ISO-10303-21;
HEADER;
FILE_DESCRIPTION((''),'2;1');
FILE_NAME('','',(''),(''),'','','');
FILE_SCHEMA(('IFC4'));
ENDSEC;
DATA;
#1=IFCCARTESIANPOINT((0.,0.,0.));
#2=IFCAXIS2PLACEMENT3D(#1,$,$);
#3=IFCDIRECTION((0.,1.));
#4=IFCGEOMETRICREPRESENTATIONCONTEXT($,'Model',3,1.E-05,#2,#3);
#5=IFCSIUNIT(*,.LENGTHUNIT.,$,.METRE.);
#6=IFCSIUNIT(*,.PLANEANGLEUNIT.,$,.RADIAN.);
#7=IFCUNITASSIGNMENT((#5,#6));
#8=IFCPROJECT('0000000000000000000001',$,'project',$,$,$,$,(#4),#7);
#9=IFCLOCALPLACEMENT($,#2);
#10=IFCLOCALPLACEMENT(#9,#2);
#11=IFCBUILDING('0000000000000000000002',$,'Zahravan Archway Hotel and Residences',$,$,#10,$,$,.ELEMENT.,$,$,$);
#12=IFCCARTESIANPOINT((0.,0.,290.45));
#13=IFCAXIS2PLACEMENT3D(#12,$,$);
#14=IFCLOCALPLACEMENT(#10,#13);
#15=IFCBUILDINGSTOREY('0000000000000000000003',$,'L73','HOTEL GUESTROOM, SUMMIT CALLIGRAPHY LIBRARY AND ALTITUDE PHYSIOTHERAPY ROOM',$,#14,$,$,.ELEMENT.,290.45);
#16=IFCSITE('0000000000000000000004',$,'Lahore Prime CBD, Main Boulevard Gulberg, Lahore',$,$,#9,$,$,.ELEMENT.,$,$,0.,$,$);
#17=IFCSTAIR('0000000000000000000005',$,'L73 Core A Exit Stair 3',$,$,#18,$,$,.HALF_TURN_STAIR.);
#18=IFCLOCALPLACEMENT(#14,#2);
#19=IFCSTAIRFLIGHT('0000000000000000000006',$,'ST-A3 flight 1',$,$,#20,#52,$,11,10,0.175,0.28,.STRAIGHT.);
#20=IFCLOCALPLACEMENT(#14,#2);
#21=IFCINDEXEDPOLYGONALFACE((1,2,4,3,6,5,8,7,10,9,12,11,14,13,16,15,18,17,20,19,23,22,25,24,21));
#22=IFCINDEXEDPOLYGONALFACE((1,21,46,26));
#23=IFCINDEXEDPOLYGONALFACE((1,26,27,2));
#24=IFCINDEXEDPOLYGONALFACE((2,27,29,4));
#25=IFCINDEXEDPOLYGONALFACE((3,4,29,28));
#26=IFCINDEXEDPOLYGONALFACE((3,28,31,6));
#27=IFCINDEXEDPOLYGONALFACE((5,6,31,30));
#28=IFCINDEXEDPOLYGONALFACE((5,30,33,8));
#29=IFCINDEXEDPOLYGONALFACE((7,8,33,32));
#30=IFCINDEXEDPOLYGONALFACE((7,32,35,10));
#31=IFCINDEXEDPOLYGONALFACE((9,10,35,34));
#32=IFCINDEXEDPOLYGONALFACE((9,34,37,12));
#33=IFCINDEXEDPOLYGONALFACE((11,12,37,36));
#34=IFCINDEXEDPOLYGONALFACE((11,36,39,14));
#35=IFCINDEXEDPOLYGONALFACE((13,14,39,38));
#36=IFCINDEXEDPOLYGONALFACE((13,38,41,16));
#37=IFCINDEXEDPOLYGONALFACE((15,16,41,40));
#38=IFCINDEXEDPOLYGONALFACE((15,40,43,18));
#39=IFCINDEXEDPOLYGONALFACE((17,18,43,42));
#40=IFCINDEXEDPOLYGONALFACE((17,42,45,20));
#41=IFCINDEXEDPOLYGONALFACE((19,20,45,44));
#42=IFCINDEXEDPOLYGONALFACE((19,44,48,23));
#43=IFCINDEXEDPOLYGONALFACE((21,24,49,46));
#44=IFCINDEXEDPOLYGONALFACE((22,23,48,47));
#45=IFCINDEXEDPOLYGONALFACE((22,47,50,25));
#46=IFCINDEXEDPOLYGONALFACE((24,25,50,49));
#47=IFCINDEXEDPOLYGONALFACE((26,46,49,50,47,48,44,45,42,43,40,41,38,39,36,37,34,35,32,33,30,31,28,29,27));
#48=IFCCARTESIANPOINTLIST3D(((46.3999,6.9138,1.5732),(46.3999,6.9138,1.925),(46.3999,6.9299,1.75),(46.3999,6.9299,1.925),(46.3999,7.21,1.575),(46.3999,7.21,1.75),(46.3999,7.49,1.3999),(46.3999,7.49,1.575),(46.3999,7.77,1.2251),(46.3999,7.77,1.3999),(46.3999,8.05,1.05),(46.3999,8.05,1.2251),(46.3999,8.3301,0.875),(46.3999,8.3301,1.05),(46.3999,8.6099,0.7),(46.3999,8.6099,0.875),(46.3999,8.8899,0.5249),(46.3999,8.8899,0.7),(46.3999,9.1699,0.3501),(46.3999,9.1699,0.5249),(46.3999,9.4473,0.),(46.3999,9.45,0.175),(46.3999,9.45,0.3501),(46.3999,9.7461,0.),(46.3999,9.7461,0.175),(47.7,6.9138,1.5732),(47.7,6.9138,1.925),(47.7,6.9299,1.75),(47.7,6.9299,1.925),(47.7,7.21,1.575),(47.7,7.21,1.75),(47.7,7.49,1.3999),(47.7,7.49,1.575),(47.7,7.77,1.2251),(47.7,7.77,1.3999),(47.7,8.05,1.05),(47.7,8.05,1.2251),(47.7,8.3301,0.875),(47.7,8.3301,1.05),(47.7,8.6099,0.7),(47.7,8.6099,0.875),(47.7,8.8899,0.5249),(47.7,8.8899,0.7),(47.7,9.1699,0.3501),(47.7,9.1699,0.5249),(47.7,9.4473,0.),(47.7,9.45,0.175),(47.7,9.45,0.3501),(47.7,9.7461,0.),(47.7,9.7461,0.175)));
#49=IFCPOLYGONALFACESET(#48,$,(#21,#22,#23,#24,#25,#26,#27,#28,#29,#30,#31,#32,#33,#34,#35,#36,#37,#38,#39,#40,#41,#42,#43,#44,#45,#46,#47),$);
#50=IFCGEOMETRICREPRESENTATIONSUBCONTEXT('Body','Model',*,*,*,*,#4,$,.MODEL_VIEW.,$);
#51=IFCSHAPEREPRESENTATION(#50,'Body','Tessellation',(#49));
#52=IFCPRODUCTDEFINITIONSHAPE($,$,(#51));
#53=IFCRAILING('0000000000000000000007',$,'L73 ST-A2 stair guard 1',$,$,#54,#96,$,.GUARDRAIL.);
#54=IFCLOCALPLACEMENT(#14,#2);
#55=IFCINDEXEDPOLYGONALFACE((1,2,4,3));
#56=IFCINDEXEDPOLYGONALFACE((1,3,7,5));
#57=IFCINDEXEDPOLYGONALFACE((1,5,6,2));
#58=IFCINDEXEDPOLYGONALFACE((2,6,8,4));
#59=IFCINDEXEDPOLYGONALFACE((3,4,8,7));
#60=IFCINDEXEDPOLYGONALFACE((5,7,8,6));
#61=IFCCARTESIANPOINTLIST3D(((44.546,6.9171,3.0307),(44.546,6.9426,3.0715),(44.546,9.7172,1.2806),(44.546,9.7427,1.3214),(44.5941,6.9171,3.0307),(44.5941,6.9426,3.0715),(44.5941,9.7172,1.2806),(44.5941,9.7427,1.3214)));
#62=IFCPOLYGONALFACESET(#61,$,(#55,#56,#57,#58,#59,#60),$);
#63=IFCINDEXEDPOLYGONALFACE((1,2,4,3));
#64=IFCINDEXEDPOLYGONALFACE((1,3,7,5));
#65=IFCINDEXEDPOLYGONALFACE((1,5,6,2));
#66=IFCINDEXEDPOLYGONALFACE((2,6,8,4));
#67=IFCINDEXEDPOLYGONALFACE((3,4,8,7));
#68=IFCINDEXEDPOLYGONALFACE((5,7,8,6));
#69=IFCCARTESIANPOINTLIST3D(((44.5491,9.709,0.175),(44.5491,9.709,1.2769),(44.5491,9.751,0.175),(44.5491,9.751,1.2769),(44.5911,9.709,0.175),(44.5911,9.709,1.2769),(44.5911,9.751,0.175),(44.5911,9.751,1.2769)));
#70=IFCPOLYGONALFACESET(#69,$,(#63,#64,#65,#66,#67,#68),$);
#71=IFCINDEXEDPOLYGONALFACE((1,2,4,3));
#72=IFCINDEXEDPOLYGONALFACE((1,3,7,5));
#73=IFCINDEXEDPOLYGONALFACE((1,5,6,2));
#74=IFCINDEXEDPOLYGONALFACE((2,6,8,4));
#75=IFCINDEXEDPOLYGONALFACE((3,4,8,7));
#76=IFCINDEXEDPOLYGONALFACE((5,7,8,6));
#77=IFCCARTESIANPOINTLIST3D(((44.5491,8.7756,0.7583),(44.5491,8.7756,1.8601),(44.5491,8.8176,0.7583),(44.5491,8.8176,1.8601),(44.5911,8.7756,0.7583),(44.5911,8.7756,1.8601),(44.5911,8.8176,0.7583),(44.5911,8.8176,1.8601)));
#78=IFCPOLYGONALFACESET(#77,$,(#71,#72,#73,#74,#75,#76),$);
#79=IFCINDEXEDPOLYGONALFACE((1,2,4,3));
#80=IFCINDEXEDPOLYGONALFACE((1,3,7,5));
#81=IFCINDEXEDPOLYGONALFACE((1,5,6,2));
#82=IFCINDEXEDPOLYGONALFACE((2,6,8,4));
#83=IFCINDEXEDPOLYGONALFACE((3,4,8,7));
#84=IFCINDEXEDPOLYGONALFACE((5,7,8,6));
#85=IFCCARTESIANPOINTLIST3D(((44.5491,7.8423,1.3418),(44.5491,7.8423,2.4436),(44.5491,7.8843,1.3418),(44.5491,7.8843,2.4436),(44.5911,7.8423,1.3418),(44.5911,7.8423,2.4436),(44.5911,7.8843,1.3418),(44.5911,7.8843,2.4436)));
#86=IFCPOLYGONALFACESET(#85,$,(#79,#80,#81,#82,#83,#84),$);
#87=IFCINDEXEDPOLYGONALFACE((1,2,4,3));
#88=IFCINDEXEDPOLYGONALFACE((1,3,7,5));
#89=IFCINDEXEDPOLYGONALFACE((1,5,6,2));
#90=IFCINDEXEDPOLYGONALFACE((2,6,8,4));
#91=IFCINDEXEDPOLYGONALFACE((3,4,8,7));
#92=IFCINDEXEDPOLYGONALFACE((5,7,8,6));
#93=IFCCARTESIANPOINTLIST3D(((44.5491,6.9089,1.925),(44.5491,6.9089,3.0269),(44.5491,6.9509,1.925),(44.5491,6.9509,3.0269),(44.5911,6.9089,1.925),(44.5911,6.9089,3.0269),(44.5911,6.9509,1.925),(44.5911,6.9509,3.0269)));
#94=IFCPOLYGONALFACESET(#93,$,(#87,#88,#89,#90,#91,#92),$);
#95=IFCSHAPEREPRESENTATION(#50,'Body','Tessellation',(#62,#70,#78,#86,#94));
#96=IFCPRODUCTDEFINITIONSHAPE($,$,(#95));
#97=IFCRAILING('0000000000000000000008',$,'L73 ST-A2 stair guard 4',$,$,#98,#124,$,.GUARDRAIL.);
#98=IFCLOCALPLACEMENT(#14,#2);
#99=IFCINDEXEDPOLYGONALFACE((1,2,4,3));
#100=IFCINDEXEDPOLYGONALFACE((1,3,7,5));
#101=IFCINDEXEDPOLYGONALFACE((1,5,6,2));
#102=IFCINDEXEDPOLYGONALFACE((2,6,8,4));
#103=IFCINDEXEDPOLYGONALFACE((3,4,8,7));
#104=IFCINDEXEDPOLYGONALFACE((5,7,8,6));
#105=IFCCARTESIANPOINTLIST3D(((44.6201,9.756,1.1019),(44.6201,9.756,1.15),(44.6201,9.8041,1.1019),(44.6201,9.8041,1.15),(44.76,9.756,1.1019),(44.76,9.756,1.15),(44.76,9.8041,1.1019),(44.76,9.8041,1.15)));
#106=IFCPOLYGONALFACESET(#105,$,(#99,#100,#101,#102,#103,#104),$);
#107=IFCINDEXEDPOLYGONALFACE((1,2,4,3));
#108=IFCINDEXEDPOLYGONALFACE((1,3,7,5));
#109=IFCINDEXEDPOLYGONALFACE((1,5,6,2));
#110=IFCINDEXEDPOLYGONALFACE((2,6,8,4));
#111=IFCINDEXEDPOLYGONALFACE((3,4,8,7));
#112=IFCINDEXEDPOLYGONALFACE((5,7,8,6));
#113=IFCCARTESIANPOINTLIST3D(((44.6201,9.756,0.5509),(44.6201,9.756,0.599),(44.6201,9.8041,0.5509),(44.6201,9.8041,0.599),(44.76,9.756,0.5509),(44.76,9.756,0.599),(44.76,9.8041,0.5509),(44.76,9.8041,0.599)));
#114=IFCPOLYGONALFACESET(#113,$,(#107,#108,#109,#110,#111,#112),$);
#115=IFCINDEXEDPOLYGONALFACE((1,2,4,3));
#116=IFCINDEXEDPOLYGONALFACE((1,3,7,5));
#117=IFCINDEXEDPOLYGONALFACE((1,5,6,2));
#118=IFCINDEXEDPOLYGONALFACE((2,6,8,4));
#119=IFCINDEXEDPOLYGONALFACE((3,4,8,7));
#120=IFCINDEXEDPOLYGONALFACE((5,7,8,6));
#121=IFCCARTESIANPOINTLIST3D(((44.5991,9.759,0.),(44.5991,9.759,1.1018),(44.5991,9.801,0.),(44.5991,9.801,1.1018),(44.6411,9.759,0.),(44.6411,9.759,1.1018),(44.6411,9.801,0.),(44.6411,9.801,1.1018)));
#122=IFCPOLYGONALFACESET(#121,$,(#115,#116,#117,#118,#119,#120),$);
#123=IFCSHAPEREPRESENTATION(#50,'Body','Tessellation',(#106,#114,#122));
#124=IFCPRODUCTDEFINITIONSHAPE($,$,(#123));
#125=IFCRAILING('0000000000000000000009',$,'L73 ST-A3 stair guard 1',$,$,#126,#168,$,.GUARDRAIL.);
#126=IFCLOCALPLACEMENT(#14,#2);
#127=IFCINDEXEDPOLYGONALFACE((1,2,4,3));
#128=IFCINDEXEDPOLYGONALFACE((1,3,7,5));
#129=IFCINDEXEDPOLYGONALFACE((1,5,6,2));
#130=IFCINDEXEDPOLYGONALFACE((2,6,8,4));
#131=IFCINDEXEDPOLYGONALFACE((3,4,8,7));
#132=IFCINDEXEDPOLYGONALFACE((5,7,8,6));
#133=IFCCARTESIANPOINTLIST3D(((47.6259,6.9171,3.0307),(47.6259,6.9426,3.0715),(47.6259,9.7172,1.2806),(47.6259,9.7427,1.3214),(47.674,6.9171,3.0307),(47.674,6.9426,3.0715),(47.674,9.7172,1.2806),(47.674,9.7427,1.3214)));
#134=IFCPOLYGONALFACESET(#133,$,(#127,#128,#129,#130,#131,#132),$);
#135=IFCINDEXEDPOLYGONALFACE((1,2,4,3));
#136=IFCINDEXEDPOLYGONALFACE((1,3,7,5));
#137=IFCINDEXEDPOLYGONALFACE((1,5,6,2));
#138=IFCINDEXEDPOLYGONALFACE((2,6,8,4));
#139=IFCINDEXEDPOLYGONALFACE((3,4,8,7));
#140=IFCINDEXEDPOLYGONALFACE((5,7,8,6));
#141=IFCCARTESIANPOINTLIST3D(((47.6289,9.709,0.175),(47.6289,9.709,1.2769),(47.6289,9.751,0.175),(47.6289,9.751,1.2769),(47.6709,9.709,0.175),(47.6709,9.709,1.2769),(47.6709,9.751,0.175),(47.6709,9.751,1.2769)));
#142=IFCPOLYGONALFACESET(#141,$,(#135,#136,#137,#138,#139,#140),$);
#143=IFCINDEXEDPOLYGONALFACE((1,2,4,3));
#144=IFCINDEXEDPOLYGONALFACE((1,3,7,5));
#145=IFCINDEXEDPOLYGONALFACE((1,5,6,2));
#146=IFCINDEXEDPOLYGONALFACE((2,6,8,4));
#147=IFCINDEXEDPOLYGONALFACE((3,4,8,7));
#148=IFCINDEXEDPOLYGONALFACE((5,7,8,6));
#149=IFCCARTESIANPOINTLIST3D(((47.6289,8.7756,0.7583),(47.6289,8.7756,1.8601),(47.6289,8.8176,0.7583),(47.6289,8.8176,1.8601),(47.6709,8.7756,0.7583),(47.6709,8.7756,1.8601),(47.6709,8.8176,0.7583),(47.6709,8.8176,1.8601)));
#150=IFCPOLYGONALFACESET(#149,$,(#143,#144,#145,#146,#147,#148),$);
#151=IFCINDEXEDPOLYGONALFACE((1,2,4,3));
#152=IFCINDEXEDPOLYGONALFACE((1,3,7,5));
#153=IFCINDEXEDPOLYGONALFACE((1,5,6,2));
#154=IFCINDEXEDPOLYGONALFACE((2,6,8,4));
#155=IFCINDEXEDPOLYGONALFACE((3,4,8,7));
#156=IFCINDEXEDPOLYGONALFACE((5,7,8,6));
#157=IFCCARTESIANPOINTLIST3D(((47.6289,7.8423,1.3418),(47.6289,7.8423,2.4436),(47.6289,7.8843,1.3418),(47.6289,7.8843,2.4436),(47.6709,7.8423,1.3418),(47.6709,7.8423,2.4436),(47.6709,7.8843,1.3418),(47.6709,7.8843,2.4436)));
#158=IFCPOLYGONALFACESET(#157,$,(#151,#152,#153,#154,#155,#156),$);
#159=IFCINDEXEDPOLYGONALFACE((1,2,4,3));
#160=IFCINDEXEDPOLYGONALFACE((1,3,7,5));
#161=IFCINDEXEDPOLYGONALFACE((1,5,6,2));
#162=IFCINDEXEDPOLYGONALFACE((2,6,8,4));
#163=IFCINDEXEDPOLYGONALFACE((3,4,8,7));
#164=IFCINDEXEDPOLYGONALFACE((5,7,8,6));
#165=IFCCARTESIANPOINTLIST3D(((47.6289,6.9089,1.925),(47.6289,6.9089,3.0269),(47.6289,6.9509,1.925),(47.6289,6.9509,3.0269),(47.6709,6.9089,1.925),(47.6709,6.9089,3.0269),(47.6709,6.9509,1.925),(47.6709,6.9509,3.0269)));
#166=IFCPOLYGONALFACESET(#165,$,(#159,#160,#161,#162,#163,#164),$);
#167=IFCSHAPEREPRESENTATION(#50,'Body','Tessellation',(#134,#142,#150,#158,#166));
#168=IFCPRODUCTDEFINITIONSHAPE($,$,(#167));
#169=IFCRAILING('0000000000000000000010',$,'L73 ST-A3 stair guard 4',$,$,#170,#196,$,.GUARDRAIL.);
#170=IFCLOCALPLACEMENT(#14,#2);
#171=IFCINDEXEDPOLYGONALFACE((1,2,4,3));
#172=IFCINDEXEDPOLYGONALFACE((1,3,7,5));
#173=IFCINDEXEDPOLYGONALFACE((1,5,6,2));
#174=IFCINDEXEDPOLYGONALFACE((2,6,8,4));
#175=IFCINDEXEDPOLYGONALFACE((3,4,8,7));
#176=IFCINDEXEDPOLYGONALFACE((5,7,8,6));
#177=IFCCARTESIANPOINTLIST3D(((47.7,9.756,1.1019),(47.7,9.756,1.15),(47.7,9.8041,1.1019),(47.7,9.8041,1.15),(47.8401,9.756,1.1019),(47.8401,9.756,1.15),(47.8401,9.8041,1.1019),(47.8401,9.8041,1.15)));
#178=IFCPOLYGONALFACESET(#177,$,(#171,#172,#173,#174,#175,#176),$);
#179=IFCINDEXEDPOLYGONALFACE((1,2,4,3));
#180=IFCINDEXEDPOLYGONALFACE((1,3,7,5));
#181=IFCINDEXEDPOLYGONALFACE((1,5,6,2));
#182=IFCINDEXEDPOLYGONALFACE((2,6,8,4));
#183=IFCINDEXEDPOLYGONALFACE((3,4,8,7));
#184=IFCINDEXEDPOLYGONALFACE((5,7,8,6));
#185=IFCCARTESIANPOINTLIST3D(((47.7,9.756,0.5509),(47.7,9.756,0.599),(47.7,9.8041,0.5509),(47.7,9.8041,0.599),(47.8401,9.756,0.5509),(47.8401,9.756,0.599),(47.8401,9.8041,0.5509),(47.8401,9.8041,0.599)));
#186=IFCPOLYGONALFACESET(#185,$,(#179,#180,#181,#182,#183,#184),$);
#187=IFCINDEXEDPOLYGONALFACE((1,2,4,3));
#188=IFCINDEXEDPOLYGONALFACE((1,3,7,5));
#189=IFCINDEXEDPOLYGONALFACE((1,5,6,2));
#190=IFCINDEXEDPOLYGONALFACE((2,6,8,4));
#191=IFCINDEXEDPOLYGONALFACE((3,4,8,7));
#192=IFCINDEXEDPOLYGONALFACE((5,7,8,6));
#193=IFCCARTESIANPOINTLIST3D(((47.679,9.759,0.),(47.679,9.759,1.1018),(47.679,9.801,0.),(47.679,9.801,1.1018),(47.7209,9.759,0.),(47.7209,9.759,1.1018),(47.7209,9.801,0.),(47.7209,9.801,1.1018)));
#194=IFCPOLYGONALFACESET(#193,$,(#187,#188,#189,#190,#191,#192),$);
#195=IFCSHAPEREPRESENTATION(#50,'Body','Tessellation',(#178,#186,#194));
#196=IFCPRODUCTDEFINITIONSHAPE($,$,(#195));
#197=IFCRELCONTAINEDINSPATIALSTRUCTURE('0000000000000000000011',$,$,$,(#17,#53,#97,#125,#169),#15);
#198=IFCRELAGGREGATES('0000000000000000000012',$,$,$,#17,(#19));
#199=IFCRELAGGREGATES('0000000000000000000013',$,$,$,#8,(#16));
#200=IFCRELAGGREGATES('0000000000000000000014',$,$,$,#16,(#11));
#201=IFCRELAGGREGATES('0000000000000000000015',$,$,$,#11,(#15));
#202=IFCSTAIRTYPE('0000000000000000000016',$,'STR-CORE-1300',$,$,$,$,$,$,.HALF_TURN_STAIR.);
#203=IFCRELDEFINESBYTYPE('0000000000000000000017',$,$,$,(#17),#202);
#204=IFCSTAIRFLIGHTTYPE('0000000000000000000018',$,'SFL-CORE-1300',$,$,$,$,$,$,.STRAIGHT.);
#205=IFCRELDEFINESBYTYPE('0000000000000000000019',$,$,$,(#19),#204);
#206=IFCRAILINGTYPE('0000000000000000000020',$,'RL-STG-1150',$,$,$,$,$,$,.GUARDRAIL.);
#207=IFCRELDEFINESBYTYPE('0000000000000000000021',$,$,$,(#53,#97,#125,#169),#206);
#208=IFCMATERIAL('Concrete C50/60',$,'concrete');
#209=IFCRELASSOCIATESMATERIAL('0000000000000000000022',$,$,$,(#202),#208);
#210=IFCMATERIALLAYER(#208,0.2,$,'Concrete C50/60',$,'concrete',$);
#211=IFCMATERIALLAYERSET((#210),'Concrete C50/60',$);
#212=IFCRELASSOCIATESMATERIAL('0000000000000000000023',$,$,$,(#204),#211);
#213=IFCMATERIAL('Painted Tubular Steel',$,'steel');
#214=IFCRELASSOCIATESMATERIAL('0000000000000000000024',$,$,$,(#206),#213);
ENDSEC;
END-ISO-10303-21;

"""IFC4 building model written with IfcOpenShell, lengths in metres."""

from ifc_helpers import new_model, si_unit, direction, frame, origin, origin_2d, place, context, subcontext, project, spatial, polyline, rectangle, outline, extrude, source, transform, mapped, material, layer, layer_set, type_object, element, aggregate, save


model = new_model("IFC4")

# Units and contexts
model_context = context("Model", 3, precision=1e-05, world=origin(), true_north=direction((0.0, 1.0)))
body_context = subcontext(model_context, "Body", "Model", "MODEL_VIEW")
ifc_project = project(units=[si_unit("LENGTHUNIT", "METRE"), si_unit("PLANEANGLEUNIT", "RADIAN")], contexts=[model_context])

# Site, building, storey
site_placement = place(None, origin())
site = spatial("IfcSite", under=ifc_project, at=site_placement, Name="Lahore Prime CBD, Main Boulevard Gulberg, Lahore", CompositionType="ELEMENT", RefElevation=0.0)
building_placement = place(site_placement, origin())
building = spatial("IfcBuilding", under=site, at=building_placement, Name="Zahravan Archway Hotel and Residences", CompositionType="ELEMENT")
storey_placement = place(building_placement, frame((0.0, 0.0, 290.45)))
storey = spatial("IfcBuildingStorey", under=building, at=storey_placement, Name="L73", Description="HOTEL GUESTROOM, SUMMIT CALLIGRAPHY LIBRARY AND ALTITUDE PHYSIOTHERAPY ROOM", CompositionType="ELEMENT", Elevation=290.45)

# Shared definitions
ifc_material_1 = material(Name="Concrete C50/60", Category="concrete")

# Stair, stair flight
stair_type = type_object("IfcStairType", Name="STR-CORE-1300", PredefinedType="HALF_TURN_STAIR", material=ifc_material_1)
ifc_layer_1 = layer(ifc_material_1, 0.2, Name="Concrete C50/60", Category="concrete")
ifc_layer_set_1 = layer_set([ifc_layer_1], Name="Concrete C50/60")
stair_flight_type = type_object("IfcStairFlightType", Name="SFL-CORE-1300", PredefinedType="STRAIGHT", material=ifc_layer_set_1)
shared_shape_1 = source(origin(), body_context, "Body", "SweptSolid", [
    extrude(outline(polyline([(-0.0161, 0.0), (-0.0161, 0.175), (0.28, 0.175), (0.28, 0.3501), (0.5601, 0.3501), (0.5601, 0.5249), (0.8401, 0.5249), (0.8401, 0.7), (1.1201, 0.7), (1.1201, 0.875), (1.3999, 0.875), (1.3999, 1.05), (1.6799, 1.05), (1.6799, 1.2251), (1.96, 1.2251), (1.96, 1.3999), (2.24, 1.3999), (2.24, 1.575), (2.52, 1.575), (2.52, 1.75), (2.8, 1.75), (2.8, 1.925), (2.8162, 1.925), (2.8162, 1.5732), (0.2827, 0.0), (-0.0161, 0.0)])), frame((0.0, 0.6499, 0.0), z_axis=(0.0, -1.0, 0.0), x_axis=(1.0, 0.0, 0.0)), (0.0, 0.0, 1.0), 1.3),
])
stair_1_placement = place(storey_placement, origin())
stair_1 = element("IfcStair", 1, at=stair_1_placement, inside=storey, type_object=stair_type, Name="L73 Core A Exit Stair 3", PredefinedType="HALF_TURN_STAIR")
stair_flight_1_placement = place(storey_placement, frame((47.05, 9.73, 0.0), z_axis=(0.0, 0.0, 1.0), x_axis=(0.0, -1.0, 0.0)))
stair_flight_1 = element("IfcStairFlight", 2, at=stair_flight_1_placement, type_object=stair_flight_type, Name="ST-A3 flight 1", NumberOfRisers=11, NumberOfTreads=10, PredefinedType="STRAIGHT", RiserHeight=0.175, TreadLength=0.28, context=body_context, shape_type="MappedRepresentation", body=[
    mapped(shared_shape_1, transform((0.0, 0.0, 0.0), scale=1.0)),
])
aggregate(stair_1, [stair_flight_1])

# Railings
ifc_material_2 = material(Name="Painted Tubular Steel", Category="steel")
railing_type_1 = type_object("IfcRailingType", Name="RL-STG-1150", PredefinedType="GUARDRAIL", material=ifc_material_2)
railing_1_placement = place(storey_placement, frame((44.5701, 9.73, 0.175)))
element("IfcRailing", 3, at=railing_1_placement, inside=storey, type_object=railing_type_1, Name="L73 ST-A2 stair guard 1", PredefinedType="GUARDRAIL", context=body_context, shape_type="SweptSolid", body=[
    extrude(rectangle(XDim=0.0481, YDim=0.0481, at=origin_2d()), frame((0.0, 0.0, 1.126), z_axis=(0.0, -0.848002, 0.529992), x_axis=(1.0, 0.0, 0.0)), (0.0, 0.0, 1.0), 3.302),
    extrude(rectangle(XDim=0.042, YDim=0.042, at=origin_2d()), origin(), (0.0, 0.0, 1.0), 1.1018),
    extrude(rectangle(XDim=0.042, YDim=0.042, at=origin_2d()), frame((0.0, -0.9333, 0.5833)), (0.0, 0.0, 1.0), 1.1018),
    extrude(rectangle(XDim=0.042, YDim=0.042, at=origin_2d()), frame((0.0, -1.8667, 1.1667)), (0.0, 0.0, 1.0), 1.1018),
    extrude(rectangle(XDim=0.042, YDim=0.042, at=origin_2d()), frame((0.0, -2.8, 1.75)), (0.0, 0.0, 1.0), 1.1018),
])
railing_2_placement = place(storey_placement, frame((44.6201, 9.78, 0.0)))
element("IfcRailing", 4, at=railing_2_placement, inside=storey, type_object=railing_type_1, Name="L73 ST-A2 stair guard 4", PredefinedType="GUARDRAIL", context=body_context, shape_type="SweptSolid", body=[
    extrude(rectangle(XDim=0.0481, YDim=0.0481, at=origin_2d()), frame((0.0, 0.0, 1.126), z_axis=(1.0, 0.0, 0.0), x_axis=(0.0, 1.0, 0.0)), (0.0, 0.0, 1.0), 0.1399),
    extrude(rectangle(XDim=0.0481, YDim=0.0481, at=origin_2d()), frame((0.0, 0.0, 0.575), z_axis=(1.0, 0.0, 0.0), x_axis=(0.0, 1.0, 0.0)), (0.0, 0.0, 1.0), 0.1399),
    extrude(rectangle(XDim=0.042, YDim=0.042, at=origin_2d()), origin(), (0.0, 0.0, 1.0), 1.1018),
])
railing_3_placement = place(storey_placement, frame((47.6499, 9.73, 0.175)))
element("IfcRailing", 5, at=railing_3_placement, inside=storey, type_object=railing_type_1, Name="L73 ST-A3 stair guard 1", PredefinedType="GUARDRAIL", context=body_context, shape_type="SweptSolid", body=[
    extrude(rectangle(XDim=0.0481, YDim=0.0481, at=origin_2d()), frame((0.0, 0.0, 1.126), z_axis=(0.0, -0.848002, 0.529992), x_axis=(1.0, 0.0, 0.0)), (0.0, 0.0, 1.0), 3.302),
    extrude(rectangle(XDim=0.042, YDim=0.042, at=origin_2d()), origin(), (0.0, 0.0, 1.0), 1.1018),
    extrude(rectangle(XDim=0.042, YDim=0.042, at=origin_2d()), frame((0.0, -0.9333, 0.5833)), (0.0, 0.0, 1.0), 1.1018),
    extrude(rectangle(XDim=0.042, YDim=0.042, at=origin_2d()), frame((0.0, -1.8667, 1.1667)), (0.0, 0.0, 1.0), 1.1018),
    extrude(rectangle(XDim=0.042, YDim=0.042, at=origin_2d()), frame((0.0, -2.8, 1.75)), (0.0, 0.0, 1.0), 1.1018),
])
railing_4_placement = place(storey_placement, frame((47.7, 9.78, 0.0)))
element("IfcRailing", 6, at=railing_4_placement, inside=storey, type_object=railing_type_1, Name="L73 ST-A3 stair guard 4", PredefinedType="GUARDRAIL", context=body_context, shape_type="SweptSolid", body=[
    extrude(rectangle(XDim=0.0481, YDim=0.0481, at=origin_2d()), frame((0.0, 0.0, 1.126), z_axis=(1.0, 0.0, 0.0), x_axis=(0.0, 1.0, 0.0)), (0.0, 0.0, 1.0), 0.1401),
    extrude(rectangle(XDim=0.0481, YDim=0.0481, at=origin_2d()), frame((0.0, 0.0, 0.575), z_axis=(1.0, 0.0, 0.0), x_axis=(0.0, 1.0, 0.0)), (0.0, 0.0, 1.0), 0.1401),
    extrude(rectangle(XDim=0.042, YDim=0.042, at=origin_2d()), origin(), (0.0, 0.0, 1.0), 1.1018),
])

save(model, "model.ifc")
